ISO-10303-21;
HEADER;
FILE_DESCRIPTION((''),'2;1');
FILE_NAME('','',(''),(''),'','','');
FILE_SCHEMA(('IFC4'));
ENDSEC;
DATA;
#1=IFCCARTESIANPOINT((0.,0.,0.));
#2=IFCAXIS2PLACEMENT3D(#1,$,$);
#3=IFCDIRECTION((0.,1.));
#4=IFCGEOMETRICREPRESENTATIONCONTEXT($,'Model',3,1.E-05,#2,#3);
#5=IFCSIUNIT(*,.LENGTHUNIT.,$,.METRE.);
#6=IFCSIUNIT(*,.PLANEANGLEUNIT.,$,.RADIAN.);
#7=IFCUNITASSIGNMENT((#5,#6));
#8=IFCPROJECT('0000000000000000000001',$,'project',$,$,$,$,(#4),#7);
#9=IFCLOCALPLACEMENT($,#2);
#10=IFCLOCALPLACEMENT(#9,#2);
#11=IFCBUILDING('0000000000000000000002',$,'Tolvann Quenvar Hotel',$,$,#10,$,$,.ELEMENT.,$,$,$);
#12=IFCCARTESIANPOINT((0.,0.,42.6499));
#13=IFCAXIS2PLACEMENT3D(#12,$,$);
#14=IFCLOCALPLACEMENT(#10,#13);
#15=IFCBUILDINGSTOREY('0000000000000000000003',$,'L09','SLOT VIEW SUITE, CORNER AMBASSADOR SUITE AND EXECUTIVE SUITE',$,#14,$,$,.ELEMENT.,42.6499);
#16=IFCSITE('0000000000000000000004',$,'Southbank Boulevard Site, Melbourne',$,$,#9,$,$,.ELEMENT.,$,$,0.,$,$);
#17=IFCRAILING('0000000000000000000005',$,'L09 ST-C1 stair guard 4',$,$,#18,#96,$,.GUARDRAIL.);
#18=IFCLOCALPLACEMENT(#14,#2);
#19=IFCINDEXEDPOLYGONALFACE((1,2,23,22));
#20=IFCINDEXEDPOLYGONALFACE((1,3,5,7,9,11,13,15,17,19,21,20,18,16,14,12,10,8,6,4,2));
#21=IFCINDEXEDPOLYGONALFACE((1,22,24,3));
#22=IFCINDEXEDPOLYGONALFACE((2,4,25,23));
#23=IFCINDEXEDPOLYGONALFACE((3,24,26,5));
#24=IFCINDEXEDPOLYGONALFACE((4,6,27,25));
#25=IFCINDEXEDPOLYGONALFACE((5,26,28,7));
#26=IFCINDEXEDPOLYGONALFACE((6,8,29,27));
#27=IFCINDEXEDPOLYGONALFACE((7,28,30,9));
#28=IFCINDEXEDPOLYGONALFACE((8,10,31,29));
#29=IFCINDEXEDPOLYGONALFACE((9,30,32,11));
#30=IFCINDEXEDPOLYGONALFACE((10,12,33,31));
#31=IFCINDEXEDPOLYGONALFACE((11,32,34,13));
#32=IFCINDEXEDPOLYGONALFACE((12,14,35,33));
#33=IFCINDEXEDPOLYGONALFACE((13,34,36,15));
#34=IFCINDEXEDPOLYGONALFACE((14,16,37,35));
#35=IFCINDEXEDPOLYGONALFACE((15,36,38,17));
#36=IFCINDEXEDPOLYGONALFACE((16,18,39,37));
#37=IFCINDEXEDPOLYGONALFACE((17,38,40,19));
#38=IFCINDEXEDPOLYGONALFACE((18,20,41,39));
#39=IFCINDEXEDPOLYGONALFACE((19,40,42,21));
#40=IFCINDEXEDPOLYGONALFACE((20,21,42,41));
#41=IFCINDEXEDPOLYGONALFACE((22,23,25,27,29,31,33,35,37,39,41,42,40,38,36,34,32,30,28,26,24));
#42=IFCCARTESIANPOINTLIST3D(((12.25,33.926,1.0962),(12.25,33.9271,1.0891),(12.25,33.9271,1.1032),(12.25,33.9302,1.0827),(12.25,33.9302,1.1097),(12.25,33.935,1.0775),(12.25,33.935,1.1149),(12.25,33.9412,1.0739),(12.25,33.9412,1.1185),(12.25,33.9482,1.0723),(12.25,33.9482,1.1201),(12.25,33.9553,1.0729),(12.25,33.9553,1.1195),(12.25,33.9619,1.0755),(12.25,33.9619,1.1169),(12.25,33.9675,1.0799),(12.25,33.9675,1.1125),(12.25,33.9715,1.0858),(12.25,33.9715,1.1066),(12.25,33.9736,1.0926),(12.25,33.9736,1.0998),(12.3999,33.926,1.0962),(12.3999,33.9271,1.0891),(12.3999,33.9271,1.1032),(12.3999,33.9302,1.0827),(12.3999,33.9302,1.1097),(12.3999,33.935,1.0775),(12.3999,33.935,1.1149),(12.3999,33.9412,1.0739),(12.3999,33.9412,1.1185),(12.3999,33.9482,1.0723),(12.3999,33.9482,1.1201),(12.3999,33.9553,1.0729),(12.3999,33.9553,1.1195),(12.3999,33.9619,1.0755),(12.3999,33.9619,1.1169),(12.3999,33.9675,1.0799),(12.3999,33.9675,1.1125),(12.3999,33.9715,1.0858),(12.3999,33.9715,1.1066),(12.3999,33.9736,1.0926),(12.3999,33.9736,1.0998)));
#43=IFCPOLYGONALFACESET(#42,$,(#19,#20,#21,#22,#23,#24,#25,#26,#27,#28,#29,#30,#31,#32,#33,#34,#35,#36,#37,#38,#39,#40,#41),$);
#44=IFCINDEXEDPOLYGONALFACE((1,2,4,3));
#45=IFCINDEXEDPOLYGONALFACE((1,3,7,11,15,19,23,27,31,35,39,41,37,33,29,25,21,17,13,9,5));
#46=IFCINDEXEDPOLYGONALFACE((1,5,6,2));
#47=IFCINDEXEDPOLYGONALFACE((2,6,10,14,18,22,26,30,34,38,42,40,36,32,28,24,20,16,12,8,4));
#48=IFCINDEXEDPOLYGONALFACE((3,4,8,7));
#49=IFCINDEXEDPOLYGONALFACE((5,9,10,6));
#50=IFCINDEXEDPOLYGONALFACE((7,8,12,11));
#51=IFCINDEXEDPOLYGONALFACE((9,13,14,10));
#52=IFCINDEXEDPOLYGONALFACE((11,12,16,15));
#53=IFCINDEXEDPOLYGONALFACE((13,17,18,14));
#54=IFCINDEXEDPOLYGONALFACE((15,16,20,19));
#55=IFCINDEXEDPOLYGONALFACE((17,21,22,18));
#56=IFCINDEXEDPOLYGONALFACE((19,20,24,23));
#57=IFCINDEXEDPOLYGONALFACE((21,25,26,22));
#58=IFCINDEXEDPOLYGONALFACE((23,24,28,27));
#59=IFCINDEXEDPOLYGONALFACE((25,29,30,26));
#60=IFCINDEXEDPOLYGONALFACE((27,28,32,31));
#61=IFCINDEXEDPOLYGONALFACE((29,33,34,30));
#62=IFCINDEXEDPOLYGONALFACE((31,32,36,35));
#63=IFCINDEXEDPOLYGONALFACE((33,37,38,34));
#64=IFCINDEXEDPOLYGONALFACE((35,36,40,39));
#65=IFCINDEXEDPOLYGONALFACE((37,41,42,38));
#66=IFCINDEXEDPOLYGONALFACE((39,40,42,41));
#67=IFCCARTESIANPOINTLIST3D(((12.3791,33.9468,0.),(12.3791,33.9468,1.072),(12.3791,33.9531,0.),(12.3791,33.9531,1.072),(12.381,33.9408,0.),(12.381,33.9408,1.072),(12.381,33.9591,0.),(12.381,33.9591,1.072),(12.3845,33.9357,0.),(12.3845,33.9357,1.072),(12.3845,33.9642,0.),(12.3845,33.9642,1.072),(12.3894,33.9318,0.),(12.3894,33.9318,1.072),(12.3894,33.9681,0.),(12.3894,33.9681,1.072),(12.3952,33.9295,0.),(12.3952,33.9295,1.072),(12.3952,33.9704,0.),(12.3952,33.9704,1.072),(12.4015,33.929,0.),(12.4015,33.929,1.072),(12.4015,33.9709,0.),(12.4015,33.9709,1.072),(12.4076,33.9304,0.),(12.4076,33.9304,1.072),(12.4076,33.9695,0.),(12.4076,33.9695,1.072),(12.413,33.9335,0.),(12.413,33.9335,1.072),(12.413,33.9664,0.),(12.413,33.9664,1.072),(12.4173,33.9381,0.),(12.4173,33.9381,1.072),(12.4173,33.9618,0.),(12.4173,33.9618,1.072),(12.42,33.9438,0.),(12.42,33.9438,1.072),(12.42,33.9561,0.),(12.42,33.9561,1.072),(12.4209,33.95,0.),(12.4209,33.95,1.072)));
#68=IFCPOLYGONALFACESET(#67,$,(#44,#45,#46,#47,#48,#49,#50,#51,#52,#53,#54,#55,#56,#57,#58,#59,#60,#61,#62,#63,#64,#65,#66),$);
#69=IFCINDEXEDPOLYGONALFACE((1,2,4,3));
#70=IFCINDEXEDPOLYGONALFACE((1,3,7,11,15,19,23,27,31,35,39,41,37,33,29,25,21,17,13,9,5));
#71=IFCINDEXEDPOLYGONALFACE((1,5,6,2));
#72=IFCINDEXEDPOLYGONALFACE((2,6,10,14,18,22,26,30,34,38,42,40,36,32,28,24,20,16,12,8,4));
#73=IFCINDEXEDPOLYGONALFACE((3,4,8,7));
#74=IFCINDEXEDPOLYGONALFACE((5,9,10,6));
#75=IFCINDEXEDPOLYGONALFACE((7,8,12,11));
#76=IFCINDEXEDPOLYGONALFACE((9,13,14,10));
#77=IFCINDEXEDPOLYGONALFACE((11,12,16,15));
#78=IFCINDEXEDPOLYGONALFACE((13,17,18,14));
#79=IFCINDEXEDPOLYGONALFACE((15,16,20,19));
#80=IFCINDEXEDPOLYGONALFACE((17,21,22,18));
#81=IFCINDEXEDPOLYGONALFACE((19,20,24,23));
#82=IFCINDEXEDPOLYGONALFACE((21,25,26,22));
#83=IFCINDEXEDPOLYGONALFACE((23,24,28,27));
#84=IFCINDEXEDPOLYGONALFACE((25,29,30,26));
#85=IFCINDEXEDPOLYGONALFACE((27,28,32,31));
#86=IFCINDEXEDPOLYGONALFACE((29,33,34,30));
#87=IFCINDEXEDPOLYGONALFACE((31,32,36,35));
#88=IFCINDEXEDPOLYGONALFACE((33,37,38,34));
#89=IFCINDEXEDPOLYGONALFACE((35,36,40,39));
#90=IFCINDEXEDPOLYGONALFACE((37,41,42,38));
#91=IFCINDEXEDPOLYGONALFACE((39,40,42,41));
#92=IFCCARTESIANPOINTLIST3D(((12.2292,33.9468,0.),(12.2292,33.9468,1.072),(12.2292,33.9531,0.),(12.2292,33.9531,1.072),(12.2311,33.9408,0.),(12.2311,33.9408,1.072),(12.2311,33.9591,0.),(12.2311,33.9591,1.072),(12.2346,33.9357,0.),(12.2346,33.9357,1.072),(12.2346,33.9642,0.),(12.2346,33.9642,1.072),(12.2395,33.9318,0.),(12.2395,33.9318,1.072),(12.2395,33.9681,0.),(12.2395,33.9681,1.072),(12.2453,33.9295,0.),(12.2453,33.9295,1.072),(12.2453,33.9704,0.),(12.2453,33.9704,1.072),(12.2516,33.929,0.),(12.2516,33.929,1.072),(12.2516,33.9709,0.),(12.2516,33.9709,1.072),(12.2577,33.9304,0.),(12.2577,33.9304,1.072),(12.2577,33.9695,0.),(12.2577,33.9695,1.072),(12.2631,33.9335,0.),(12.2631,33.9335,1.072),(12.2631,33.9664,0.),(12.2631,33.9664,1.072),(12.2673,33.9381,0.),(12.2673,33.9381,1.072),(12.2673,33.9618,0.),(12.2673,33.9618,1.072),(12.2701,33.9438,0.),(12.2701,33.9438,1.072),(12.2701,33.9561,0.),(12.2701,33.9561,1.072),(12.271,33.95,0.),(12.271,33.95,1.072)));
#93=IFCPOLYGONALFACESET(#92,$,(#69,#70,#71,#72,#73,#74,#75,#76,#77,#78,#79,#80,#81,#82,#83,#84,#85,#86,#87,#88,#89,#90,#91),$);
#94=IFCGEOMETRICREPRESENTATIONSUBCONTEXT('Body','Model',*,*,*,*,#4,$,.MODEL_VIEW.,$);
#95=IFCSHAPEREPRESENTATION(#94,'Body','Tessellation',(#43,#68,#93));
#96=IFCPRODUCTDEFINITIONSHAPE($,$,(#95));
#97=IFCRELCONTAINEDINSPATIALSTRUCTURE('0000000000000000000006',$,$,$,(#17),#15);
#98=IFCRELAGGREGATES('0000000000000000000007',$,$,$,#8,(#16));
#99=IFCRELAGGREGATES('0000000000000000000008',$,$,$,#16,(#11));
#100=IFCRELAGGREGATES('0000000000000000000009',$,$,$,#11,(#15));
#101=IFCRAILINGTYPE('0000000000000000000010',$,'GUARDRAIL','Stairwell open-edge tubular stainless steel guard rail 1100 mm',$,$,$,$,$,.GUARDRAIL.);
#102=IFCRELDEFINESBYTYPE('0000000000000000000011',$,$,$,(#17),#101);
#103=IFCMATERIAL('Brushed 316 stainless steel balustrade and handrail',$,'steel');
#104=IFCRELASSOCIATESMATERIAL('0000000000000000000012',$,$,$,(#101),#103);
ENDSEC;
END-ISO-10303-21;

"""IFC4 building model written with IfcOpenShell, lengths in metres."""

from ifc_helpers import new_model, si_unit, direction, frame, origin, origin_2d, place, context, subcontext, project, spatial, circle, extrude, material, type_object, element, save


model = new_model("IFC4")

# Units and contexts
model_context = context("Model", 3, precision=1e-05, world=origin(), true_north=direction((0.0, 1.0)))
body_context = subcontext(model_context, "Body", "Model", "MODEL_VIEW")
ifc_project = project(units=[si_unit("LENGTHUNIT", "METRE"), si_unit("PLANEANGLEUNIT", "RADIAN")], contexts=[model_context])

# Site, building, storey
site_placement = place(None, origin())
site = spatial("IfcSite", under=ifc_project, at=site_placement, Name="Southbank Boulevard Site, Melbourne", CompositionType="ELEMENT", RefElevation=0.0)
building_placement = place(site_placement, origin())
building = spatial("IfcBuilding", under=site, at=building_placement, Name="Tolvann Quenvar Hotel", CompositionType="ELEMENT")
storey_placement = place(building_placement, frame((0.0, 0.0, 42.6499)))
storey = spatial("IfcBuildingStorey", under=building, at=storey_placement, Name="L09", Description="SLOT VIEW SUITE, CORNER AMBASSADOR SUITE AND EXECUTIVE SUITE", CompositionType="ELEMENT", Elevation=42.6499)

# Railing
ifc_material_1 = material(Name="Brushed 316 stainless steel balustrade and handrail", Category="steel")
railing_type_1 = type_object("IfcRailingType", Name="GUARDRAIL", Description="Stairwell open-edge tubular stainless steel guard rail 1100 mm", PredefinedType="GUARDRAIL", material=ifc_material_1)
railing_1_placement = place(storey_placement, frame((12.3999, 33.95, 0.0)))
element("IfcRailing", 1, at=railing_1_placement, inside=storey, type_object=railing_type_1, Name="L09 ST-C1 stair guard 4", PredefinedType="GUARDRAIL", context=body_context, shape_type="SweptSolid", body=[
    extrude(circle(Radius=0.0239, at=origin_2d()), frame((0.0, 0.0, 1.0962), z_axis=(-1.0, 0.0, 0.0), x_axis=(0.0, -1.0, 0.0)), (0.0, 0.0, 1.0), 0.1499),
    extrude(circle(Radius=0.021, at=origin_2d()), origin(), (0.0, 0.0, 1.0), 1.072),
    extrude(circle(Radius=0.021, at=origin_2d()), frame((-0.1499, 0.0, 0.0)), (0.0, 0.0, 1.0), 1.072),
])

save(model, "model.ifc")
